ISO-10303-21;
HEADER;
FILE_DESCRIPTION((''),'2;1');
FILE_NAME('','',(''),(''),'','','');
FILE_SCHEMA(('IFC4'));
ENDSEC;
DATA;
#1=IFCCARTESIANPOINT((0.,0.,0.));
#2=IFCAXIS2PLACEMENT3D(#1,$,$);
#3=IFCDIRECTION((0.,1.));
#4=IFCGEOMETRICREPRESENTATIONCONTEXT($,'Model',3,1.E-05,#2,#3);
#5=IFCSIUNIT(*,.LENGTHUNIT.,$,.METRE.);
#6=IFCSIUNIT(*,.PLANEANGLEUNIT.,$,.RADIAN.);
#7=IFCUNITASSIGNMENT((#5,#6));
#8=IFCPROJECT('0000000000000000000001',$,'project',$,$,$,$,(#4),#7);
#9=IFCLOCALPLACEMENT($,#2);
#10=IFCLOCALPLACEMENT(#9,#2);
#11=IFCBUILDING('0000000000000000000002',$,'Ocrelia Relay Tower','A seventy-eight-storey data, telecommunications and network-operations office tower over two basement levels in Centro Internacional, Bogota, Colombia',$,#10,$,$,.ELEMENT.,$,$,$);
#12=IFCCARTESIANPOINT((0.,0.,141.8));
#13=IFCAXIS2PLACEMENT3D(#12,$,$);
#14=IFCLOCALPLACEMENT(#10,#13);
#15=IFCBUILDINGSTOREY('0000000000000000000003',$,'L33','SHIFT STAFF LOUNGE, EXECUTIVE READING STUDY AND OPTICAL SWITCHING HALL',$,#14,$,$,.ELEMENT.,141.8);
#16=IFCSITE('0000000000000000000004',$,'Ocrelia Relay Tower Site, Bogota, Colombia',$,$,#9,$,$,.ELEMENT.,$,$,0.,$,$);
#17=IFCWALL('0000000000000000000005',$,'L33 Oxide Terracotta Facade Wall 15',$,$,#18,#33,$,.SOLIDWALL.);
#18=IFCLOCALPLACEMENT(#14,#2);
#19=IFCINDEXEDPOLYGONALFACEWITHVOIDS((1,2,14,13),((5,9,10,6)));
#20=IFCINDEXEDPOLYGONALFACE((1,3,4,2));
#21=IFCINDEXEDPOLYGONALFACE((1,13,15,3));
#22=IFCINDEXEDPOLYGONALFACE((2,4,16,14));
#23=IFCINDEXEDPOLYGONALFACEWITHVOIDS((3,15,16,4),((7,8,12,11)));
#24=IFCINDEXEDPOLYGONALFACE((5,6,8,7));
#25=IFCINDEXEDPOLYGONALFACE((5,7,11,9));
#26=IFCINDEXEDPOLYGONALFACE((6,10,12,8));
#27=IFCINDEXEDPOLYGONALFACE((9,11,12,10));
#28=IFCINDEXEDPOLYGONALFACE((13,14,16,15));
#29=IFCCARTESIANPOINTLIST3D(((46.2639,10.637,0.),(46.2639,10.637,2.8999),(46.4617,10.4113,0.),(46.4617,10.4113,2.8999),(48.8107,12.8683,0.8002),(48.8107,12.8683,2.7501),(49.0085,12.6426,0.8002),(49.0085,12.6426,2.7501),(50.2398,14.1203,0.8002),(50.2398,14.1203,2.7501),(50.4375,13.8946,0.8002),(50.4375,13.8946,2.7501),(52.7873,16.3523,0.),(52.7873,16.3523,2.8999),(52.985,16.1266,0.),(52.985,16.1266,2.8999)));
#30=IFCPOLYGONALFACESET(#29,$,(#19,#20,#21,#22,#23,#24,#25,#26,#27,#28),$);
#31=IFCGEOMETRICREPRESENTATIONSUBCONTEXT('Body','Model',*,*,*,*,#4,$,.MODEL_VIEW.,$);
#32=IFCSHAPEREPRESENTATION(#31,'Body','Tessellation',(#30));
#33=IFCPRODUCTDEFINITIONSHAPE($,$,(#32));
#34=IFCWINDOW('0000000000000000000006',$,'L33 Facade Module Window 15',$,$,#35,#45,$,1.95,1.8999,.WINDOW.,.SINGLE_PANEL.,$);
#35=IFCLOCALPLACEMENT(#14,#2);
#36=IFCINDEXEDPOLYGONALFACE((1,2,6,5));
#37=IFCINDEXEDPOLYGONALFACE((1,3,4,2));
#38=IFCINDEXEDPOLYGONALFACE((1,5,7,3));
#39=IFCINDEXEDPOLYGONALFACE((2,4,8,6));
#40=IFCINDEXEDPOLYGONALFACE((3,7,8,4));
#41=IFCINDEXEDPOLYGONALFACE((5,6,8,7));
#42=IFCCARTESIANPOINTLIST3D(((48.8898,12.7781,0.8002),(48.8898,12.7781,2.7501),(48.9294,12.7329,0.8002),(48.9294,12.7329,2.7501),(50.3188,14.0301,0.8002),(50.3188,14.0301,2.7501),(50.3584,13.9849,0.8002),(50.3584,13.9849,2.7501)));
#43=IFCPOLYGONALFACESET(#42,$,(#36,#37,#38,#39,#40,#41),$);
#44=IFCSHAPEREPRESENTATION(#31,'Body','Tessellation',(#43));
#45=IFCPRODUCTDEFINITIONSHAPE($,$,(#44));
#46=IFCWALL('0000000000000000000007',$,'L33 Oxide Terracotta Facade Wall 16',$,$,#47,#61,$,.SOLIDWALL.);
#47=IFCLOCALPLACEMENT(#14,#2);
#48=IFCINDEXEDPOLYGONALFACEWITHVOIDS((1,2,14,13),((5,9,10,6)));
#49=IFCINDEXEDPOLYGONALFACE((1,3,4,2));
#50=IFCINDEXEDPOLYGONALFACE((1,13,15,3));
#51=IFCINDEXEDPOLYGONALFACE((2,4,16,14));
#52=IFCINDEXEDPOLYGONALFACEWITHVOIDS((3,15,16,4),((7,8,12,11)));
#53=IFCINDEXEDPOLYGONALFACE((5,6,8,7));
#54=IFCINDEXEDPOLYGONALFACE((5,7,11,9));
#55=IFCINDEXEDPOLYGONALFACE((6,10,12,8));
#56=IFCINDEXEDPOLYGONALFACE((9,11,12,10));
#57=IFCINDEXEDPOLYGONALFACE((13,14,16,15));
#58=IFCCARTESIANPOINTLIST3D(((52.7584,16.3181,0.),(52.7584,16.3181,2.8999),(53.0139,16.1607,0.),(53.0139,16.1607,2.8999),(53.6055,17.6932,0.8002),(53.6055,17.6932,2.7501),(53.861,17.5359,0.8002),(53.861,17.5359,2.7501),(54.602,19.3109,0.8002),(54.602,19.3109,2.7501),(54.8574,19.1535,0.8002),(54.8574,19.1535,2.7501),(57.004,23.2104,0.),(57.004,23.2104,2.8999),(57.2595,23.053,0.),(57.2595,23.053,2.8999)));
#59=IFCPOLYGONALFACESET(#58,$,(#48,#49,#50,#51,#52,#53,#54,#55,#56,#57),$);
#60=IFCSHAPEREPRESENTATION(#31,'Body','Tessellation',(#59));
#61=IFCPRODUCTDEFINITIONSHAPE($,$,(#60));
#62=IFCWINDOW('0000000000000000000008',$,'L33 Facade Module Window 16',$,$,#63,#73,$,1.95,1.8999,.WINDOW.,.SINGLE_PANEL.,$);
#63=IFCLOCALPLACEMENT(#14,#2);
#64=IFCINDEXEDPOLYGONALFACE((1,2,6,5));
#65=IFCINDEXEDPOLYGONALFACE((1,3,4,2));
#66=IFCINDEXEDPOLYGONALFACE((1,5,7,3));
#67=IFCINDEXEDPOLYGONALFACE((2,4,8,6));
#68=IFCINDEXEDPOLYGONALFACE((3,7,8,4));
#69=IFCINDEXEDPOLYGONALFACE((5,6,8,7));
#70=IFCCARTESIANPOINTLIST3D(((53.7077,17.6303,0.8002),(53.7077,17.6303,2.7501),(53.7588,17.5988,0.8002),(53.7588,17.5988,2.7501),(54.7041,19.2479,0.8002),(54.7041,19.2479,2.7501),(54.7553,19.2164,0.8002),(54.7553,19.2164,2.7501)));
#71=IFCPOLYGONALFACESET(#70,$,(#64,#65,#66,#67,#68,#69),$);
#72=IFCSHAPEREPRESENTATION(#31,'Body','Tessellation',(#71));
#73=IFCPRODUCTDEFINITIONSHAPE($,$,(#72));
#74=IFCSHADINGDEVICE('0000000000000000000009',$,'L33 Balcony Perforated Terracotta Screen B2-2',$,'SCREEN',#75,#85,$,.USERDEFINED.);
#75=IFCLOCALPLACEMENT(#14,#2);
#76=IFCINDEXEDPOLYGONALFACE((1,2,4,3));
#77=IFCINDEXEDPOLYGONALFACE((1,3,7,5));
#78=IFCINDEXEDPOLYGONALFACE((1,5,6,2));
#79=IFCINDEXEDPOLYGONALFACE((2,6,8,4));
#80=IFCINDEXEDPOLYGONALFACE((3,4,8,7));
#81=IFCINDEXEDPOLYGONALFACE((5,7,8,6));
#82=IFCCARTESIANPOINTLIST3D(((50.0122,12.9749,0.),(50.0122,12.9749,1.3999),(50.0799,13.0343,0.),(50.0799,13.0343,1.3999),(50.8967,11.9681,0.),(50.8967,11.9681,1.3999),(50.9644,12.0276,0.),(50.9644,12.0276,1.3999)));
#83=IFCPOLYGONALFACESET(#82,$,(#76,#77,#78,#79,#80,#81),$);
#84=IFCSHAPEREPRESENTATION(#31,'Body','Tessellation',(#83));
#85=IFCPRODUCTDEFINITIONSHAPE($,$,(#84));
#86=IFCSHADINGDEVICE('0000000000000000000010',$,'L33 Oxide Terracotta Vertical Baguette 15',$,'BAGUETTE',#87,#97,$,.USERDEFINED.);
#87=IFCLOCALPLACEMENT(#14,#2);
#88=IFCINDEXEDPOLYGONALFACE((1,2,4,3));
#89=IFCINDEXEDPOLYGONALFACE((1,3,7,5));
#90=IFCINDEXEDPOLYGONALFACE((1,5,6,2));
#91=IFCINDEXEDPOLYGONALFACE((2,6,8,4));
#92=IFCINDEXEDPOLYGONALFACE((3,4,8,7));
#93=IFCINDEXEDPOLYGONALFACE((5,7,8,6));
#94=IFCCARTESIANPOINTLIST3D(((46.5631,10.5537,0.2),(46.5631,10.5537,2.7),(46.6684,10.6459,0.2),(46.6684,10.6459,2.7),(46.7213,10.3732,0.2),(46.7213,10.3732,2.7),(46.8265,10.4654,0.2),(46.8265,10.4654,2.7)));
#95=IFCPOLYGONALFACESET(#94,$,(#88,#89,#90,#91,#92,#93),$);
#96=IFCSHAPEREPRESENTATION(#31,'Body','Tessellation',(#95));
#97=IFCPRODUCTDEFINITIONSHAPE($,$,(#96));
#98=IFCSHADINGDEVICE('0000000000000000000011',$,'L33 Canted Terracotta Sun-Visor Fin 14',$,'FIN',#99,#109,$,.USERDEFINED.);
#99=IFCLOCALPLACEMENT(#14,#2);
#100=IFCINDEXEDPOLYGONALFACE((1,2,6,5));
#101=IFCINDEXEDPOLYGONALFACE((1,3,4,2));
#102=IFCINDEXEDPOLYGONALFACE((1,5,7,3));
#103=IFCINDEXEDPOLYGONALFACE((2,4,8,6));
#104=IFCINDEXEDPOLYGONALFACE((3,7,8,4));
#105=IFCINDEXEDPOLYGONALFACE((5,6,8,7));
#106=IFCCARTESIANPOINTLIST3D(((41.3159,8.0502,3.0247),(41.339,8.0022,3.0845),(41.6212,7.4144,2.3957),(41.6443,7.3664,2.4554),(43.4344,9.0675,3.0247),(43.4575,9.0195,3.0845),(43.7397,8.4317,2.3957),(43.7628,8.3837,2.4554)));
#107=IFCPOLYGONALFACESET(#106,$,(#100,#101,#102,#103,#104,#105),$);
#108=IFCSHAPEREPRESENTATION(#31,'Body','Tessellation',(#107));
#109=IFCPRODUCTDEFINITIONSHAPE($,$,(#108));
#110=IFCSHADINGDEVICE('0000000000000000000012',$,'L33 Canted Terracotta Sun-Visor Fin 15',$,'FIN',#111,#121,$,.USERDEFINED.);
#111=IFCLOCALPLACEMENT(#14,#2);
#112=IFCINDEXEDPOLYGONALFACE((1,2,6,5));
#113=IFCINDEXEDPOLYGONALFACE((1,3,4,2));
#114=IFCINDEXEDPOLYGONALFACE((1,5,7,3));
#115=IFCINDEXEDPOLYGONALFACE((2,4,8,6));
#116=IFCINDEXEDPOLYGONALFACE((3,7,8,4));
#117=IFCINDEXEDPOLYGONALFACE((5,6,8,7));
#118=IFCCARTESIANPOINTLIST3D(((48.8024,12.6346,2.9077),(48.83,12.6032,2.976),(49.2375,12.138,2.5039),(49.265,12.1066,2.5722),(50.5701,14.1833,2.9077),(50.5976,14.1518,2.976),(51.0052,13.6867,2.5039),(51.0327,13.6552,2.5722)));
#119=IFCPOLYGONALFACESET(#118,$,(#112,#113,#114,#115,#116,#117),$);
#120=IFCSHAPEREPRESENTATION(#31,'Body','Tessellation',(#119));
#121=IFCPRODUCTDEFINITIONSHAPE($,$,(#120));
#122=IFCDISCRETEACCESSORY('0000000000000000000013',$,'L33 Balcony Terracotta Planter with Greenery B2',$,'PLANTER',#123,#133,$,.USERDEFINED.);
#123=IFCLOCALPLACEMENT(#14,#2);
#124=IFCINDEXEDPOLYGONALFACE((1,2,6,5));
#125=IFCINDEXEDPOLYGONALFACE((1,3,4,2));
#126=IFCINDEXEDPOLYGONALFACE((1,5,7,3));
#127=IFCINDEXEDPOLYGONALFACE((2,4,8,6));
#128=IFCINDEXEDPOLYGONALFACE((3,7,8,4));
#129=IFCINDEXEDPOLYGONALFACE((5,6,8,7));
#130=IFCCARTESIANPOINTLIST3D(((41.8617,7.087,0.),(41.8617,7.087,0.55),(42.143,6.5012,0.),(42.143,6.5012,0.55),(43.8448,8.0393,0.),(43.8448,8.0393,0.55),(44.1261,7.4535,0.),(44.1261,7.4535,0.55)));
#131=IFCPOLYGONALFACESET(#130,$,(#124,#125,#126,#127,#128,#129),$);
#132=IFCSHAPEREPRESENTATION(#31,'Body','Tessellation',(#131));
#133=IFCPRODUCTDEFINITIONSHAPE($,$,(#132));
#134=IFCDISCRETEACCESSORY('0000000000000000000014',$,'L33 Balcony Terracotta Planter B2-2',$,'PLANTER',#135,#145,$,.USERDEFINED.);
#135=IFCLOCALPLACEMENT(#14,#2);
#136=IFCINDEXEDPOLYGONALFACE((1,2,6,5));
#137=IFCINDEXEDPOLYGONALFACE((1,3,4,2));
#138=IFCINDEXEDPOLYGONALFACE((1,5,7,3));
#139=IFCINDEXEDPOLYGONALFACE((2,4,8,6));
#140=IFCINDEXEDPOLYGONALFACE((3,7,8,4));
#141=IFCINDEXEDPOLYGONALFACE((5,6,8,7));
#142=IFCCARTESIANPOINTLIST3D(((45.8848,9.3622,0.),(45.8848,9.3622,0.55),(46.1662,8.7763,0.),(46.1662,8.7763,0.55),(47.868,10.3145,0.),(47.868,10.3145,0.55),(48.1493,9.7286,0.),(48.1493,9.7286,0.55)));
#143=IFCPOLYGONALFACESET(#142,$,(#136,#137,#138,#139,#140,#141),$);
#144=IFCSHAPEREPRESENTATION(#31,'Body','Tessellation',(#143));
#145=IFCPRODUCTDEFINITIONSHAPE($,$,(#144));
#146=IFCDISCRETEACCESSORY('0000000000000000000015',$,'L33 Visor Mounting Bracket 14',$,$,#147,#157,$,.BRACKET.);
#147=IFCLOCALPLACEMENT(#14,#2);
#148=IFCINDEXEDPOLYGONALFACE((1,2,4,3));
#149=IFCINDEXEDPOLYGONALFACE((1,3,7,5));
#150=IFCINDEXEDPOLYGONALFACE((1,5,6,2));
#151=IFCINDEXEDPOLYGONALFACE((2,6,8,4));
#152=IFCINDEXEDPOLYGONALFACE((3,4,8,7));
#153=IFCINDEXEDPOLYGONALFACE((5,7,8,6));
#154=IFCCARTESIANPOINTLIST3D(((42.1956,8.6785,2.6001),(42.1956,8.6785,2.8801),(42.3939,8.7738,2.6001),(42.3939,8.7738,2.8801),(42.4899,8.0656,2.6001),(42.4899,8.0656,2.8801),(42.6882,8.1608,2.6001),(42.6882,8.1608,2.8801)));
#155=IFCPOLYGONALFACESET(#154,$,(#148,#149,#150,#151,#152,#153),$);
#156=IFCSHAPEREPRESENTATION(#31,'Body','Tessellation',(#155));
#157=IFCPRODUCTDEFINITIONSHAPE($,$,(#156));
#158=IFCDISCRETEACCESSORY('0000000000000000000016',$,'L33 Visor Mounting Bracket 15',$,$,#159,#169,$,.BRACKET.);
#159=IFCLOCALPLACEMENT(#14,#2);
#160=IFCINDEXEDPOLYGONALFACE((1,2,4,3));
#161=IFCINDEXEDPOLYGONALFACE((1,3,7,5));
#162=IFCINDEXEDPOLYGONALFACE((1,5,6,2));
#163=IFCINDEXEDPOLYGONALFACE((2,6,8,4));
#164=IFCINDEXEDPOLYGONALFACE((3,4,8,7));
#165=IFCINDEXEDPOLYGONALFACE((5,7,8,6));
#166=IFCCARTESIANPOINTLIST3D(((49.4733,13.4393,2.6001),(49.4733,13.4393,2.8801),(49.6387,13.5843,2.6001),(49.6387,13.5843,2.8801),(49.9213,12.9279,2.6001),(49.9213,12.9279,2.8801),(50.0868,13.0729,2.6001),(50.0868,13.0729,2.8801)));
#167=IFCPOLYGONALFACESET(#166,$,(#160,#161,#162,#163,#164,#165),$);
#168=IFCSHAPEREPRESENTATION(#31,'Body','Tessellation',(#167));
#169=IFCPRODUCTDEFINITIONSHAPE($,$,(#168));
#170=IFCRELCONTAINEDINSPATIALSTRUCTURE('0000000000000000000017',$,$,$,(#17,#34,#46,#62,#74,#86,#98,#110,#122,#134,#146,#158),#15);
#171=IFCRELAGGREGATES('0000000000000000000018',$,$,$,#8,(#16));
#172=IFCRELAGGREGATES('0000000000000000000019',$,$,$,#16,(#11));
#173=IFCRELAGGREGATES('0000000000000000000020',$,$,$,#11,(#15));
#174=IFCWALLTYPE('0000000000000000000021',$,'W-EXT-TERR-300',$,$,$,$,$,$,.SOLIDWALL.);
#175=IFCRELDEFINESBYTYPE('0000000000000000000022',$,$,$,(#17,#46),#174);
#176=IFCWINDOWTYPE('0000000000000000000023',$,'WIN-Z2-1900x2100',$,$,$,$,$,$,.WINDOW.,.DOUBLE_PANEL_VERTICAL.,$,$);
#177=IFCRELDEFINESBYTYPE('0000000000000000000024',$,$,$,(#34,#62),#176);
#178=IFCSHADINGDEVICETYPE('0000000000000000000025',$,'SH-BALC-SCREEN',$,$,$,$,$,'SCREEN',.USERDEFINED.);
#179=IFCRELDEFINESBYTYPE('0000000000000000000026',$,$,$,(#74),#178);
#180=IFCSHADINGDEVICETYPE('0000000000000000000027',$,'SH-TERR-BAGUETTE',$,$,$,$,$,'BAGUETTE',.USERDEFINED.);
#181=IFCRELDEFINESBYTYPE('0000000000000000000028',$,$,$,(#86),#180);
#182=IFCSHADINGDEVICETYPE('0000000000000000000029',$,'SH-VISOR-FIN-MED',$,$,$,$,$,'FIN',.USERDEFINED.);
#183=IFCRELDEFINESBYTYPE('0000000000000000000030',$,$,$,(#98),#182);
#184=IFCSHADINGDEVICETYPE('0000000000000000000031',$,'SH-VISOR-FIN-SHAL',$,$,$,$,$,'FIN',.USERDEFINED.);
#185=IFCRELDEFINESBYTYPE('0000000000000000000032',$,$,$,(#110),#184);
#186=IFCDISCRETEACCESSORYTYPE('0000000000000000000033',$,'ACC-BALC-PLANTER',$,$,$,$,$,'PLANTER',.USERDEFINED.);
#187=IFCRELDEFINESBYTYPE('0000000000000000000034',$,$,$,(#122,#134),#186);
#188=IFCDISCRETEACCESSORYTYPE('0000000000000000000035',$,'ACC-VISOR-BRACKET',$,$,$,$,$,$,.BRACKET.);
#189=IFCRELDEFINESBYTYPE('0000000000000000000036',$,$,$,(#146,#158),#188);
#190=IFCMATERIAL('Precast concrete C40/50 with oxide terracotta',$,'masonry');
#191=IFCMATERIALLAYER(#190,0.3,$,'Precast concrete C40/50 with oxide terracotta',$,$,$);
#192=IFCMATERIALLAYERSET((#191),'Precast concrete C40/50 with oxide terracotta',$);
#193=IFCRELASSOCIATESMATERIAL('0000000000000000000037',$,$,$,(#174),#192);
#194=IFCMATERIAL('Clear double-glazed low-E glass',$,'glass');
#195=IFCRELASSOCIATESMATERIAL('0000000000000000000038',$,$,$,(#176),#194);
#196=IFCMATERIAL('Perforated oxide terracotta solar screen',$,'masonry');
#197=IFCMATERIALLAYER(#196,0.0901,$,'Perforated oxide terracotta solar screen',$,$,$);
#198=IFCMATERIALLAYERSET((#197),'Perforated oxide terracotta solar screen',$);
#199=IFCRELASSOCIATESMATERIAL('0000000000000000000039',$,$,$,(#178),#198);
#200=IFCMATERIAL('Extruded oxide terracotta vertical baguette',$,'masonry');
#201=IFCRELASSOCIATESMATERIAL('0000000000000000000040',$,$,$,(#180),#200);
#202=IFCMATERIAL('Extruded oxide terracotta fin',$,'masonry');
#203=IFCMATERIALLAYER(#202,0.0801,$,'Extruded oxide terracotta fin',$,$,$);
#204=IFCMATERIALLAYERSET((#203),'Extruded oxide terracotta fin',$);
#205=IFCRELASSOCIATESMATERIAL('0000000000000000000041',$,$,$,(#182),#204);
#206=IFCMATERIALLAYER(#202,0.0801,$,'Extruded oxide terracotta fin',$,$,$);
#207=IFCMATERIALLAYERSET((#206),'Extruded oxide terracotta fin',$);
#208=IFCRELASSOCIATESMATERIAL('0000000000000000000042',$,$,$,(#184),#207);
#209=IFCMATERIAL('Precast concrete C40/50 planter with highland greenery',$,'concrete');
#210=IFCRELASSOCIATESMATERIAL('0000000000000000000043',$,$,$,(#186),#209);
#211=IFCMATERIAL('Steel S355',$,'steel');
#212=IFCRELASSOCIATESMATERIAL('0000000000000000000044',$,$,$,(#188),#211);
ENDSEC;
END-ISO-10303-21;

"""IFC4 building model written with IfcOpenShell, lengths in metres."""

from ifc_helpers import new_model, si_unit, direction, frame, frame_2d, origin, origin_2d, place, context, subcontext, project, spatial, rectangle, extrude, material, layer, layer_set, type_object, element, fill, save


model = new_model("IFC4")

# Units and contexts
model_context = context("Model", 3, precision=1e-05, world=origin(), true_north=direction((0.0, 1.0)))
body_context = subcontext(model_context, "Body", "Model", "MODEL_VIEW")
ifc_project = project(units=[si_unit("LENGTHUNIT", "METRE"), si_unit("PLANEANGLEUNIT", "RADIAN")], contexts=[model_context])

# Site, building, storey
site_placement = place(None, origin())
site = spatial("IfcSite", under=ifc_project, at=site_placement, Name="Ocrelia Relay Tower Site, Bogota, Colombia", CompositionType="ELEMENT", RefElevation=0.0)
building_placement = place(site_placement, origin())
building = spatial("IfcBuilding", under=site, at=building_placement, Name="Ocrelia Relay Tower", Description="A seventy-eight-storey data, telecommunications and network-operations office tower over two basement levels in Centro Internacional, Bogota, Colombia", CompositionType="ELEMENT")
storey_placement = place(building_placement, frame((0.0, 0.0, 141.8)))
storey = spatial("IfcBuildingStorey", under=building, at=storey_placement, Name="L33", Description="SHIFT STAFF LOUNGE, EXECUTIVE READING STUDY AND OPTICAL SWITCHING HALL", CompositionType="ELEMENT", Elevation=141.8)

# Shared definitions
ifc_material_1 = material(Name="Steel S355", Category="steel")

# Walls, openings, windows
ifc_material_2 = material(Name="Precast concrete C40/50 with oxide terracotta", Category="masonry")
ifc_layer_1 = layer(ifc_material_2, 0.3, Name="Precast concrete C40/50 with oxide terracotta")
ifc_layer_set_1 = layer_set([ifc_layer_1], Name="Precast concrete C40/50 with oxide terracotta")
wall_type = type_object("IfcWallType", Name="W-EXT-TERR-300", PredefinedType="SOLIDWALL", material=ifc_layer_set_1)
wall_1_placement = place(storey_placement, frame((46.3628, 10.5242, 0.0), z_axis=(0.0, 0.0, 1.0), x_axis=(0.752158, 0.658983, 0.0)))
wall_1 = element("IfcWall", 1, at=wall_1_placement, inside=storey, type_object=wall_type, Name="L33 Oxide Terracotta Facade Wall 15", PredefinedType="SOLIDWALL", context=body_context, shape_type="SweptSolid", body=[
    extrude(rectangle(XDim=8.6729, YDim=0.3, at=frame_2d((4.3364, 0.0))), origin(), (0.0, 0.0, 1.0), 2.8999),
])
opening_1_placement = place(wall_1_placement, frame((3.386, 0.0, 0.8)))
opening_1 = element("IfcOpeningElement", 2, at=opening_1_placement, cuts=wall_1, PredefinedType="OPENING", context=body_context, shape_type="SweptSolid", body=[
    extrude(rectangle(XDim=1.8999, YDim=1.95, at=frame_2d((0.95, 0.9751))), frame((0.0, 0.1602, 0.0), z_axis=(0.0, -1.0, 0.0), x_axis=(1.0, 0.0, 0.0)), (0.0, 0.0, 1.0), 0.3201),
])
ifc_material_3 = material(Name="Clear double-glazed low-E glass", Category="glass")
window_type = type_object("IfcWindowType", Name="WIN-Z2-1900x2100", PartitioningType="DOUBLE_PANEL_VERTICAL", PredefinedType="WINDOW", material=ifc_material_3)
window_1_placement = place(opening_1_placement, origin())
window_1 = element("IfcWindow", 3, at=window_1_placement, inside=storey, type_object=window_type, Name="L33 Facade Module Window 15", OverallHeight=1.95, OverallWidth=1.8999, PartitioningType="SINGLE_PANEL", PredefinedType="WINDOW", context=body_context, shape_type="SweptSolid", body=[
    extrude(rectangle(XDim=1.8999, YDim=1.95, at=frame_2d((0.95, 0.9751))), frame((0.0, 0.03, 0.0), z_axis=(0.0, -1.0, 0.0), x_axis=(1.0, 0.0, 0.0)), (0.0, 0.0, 1.0), 0.0601),
])
fill(opening_1, window_1)
wall_2_placement = place(storey_placement, frame((52.8862, 16.2395, 0.0), z_axis=(0.0, 0.0, 1.0), x_axis=(0.524471, 0.851428, 0.0)))
wall_2 = element("IfcWall", 4, at=wall_2_placement, inside=storey, type_object=wall_type, Name="L33 Oxide Terracotta Facade Wall 16", PredefinedType="SOLIDWALL", context=body_context, shape_type="SweptSolid", body=[
    extrude(rectangle(XDim=8.095, YDim=0.3, at=frame_2d((4.0474, 0.0))), origin(), (0.0, 0.0, 1.0), 2.8999),
])
opening_2_placement = place(wall_2_placement, frame((1.615, 0.0, 0.8)))
opening_2 = element("IfcOpeningElement", 5, at=opening_2_placement, cuts=wall_2, PredefinedType="OPENING", context=body_context, shape_type="SweptSolid", body=[
    extrude(rectangle(XDim=1.8999, YDim=1.95, at=frame_2d((0.95, 0.9751))), frame((0.0, 0.1602, 0.0), z_axis=(0.0, -1.0, 0.0), x_axis=(1.0, 0.0, 0.0)), (0.0, 0.0, 1.0), 0.3201),
])
window_2_placement = place(opening_2_placement, origin())
window_2 = element("IfcWindow", 6, at=window_2_placement, inside=storey, type_object=window_type, Name="L33 Facade Module Window 16", OverallHeight=1.95, OverallWidth=1.8999, PartitioningType="SINGLE_PANEL", PredefinedType="WINDOW", context=body_context, shape_type="SweptSolid", body=[
    extrude(rectangle(XDim=1.8999, YDim=1.95, at=frame_2d((0.95, 0.9751))), frame((0.0, 0.03, 0.0), z_axis=(0.0, -1.0, 0.0), x_axis=(1.0, 0.0, 0.0)), (0.0, 0.0, 1.0), 0.0601),
])
fill(opening_2, window_2)

# Shading devices
ifc_material_4 = material(Name="Perforated oxide terracotta solar screen", Category="masonry")
ifc_layer_2 = layer(ifc_material_4, 0.0901, Name="Perforated oxide terracotta solar screen")
ifc_layer_set_2 = layer_set([ifc_layer_2], Name="Perforated oxide terracotta solar screen")
shading_device_type_1 = type_object("IfcShadingDeviceType", Name="SH-BALC-SCREEN", ElementType="SCREEN", PredefinedType="USERDEFINED", material=ifc_layer_set_2)
shading_device_1_placement = place(storey_placement, frame((50.4883, 12.5012, 0.0), z_axis=(0.0, 0.0, 1.0), x_axis=(0.660027, -0.751241, 0.0)))
element("IfcShadingDevice", 7, at=shading_device_1_placement, inside=storey, type_object=shading_device_type_1, Name="L33 Balcony Perforated Terracotta Screen B2-2", ObjectType="SCREEN", PredefinedType="USERDEFINED", context=body_context, shape_type="SweptSolid", body=[
    extrude(rectangle(XDim=1.3401, YDim=0.0901, at=origin_2d()), origin(), (0.0, 0.0, 1.0), 1.3999),
])
ifc_material_5 = material(Name="Extruded oxide terracotta vertical baguette", Category="masonry")
shading_device_type_2 = type_object("IfcShadingDeviceType", Name="SH-TERR-BAGUETTE", ElementType="BAGUETTE", PredefinedType="USERDEFINED", material=ifc_material_5)
shading_device_2_placement = place(storey_placement, frame((46.6948, 10.5095, 0.2), z_axis=(0.0, 0.0, 1.0), x_axis=(0.752169, 0.658971, 0.0)))
element("IfcShadingDevice", 8, at=shading_device_2_placement, inside=storey, type_object=shading_device_type_2, Name="L33 Oxide Terracotta Vertical Baguette 15", ObjectType="BAGUETTE", PredefinedType="USERDEFINED", context=body_context, shape_type="SweptSolid", body=[
    extrude(rectangle(XDim=0.1399, YDim=0.24, at=origin_2d()), origin(), (0.0, 0.0, 1.0), 2.5),
])
ifc_material_6 = material(Name="Extruded oxide terracotta fin", Category="masonry")
ifc_layer_3 = layer(ifc_material_6, 0.0801, Name="Extruded oxide terracotta fin")
ifc_layer_set_3 = layer_set([ifc_layer_3], Name="Extruded oxide terracotta fin")
shading_device_type_3 = type_object("IfcShadingDeviceType", Name="SH-VISOR-FIN-MED", ElementType="FIN", PredefinedType="USERDEFINED", material=ifc_layer_set_3)
shading_device_3_placement = place(storey_placement, frame((42.5278, 8.241, 2.7102), z_axis=(0.288132, -0.600026, 0.74629), x_axis=(0.901453, 0.432877, 0.0)))
element("IfcShadingDevice", 9, at=shading_device_3_placement, inside=storey, type_object=shading_device_type_3, Name="L33 Canted Terracotta Sun-Visor Fin 14", ObjectType="FIN", PredefinedType="USERDEFINED", context=body_context, shape_type="SweptSolid", body=[
    extrude(rectangle(XDim=2.3501, YDim=0.9451, at=origin_2d()), origin(), (0.0, 0.0, 1.0), 0.0801),
])
ifc_layer_4 = layer(ifc_material_6, 0.0801, Name="Extruded oxide terracotta fin")
ifc_layer_set_4 = layer_set([ifc_layer_4], Name="Extruded oxide terracotta fin")
shading_device_type_4 = type_object("IfcShadingDeviceType", Name="SH-VISOR-FIN-SHAL", ElementType="FIN", PredefinedType="USERDEFINED", material=ifc_layer_set_4)
shading_device_4_placement = place(storey_placement, frame((49.9038, 13.1606, 2.7058), z_axis=(0.343821, -0.392447, 0.853096), x_axis=(0.752169, 0.658971, 0.0)))
element("IfcShadingDevice", 10, at=shading_device_4_placement, inside=storey, type_object=shading_device_type_4, Name="L33 Canted Terracotta Sun-Visor Fin 15", ObjectType="FIN", PredefinedType="USERDEFINED", context=body_context, shape_type="SweptSolid", body=[
    extrude(rectangle(XDim=2.3501, YDim=0.7739, at=origin_2d()), origin(), (0.0, 0.0, 1.0), 0.0801),
])

# Discrete accessories
ifc_material_7 = material(Name="Precast concrete C40/50 planter with highland greenery", Category="concrete")
discrete_accessory_type_1 = type_object("IfcDiscreteAccessoryType", Name="ACC-BALC-PLANTER", ElementType="PLANTER", PredefinedType="USERDEFINED", material=ifc_material_7)
for number, where, z_axis, x_axis, name in (
    (11, (42.9939, 7.2703, 0.0), (0.0, 0.0, 1.0), (-0.901456, -0.43287, 0.0), "L33 Balcony Terracotta Planter with Greenery B2"),
    (12, (47.0171, 9.5454, 0.0), (0.0, 0.0, 1.0), (-0.901456, -0.43287, 0.0), "L33 Balcony Terracotta Planter B2-2"),
):
    element("IfcDiscreteAccessory", number, at=place(storey_placement, frame(where, z_axis=z_axis, x_axis=x_axis)), inside=storey, type_object=discrete_accessory_type_1, Name=name, ObjectType="PLANTER", PredefinedType="USERDEFINED", context=body_context, shape_type="SweptSolid", body=[
        extrude(rectangle(XDim=2.2, YDim=0.6499, at=origin_2d()), origin(), (0.0, 0.0, 1.0), 0.55),
    ])
discrete_accessory_type_2 = type_object("IfcDiscreteAccessoryType", Name="ACC-VISOR-BRACKET", PredefinedType="BRACKET", material=ifc_material_1)
for number, where, z_axis, x_axis, name in (
    (13, (42.4419, 8.4197, 2.6001), (0.0, 0.0, 1.0), (0.901453, 0.432877, 0.0), "L33 Visor Mounting Bracket 14"),
    (14, (49.78, 13.2561, 2.6001), (0.0, 0.0, 1.0), (0.752169, 0.658971, 0.0), "L33 Visor Mounting Bracket 15"),
):
    element("IfcDiscreteAccessory", number, at=place(storey_placement, frame(where, z_axis=z_axis, x_axis=x_axis)), inside=storey, type_object=discrete_accessory_type_2, Name=name, PredefinedType="BRACKET", context=body_context, shape_type="SweptSolid", body=[
        extrude(rectangle(XDim=0.22, YDim=0.6799, at=origin_2d()), origin(), (0.0, 0.0, 1.0), 0.28),
    ])

save(model, "model.ifc")
